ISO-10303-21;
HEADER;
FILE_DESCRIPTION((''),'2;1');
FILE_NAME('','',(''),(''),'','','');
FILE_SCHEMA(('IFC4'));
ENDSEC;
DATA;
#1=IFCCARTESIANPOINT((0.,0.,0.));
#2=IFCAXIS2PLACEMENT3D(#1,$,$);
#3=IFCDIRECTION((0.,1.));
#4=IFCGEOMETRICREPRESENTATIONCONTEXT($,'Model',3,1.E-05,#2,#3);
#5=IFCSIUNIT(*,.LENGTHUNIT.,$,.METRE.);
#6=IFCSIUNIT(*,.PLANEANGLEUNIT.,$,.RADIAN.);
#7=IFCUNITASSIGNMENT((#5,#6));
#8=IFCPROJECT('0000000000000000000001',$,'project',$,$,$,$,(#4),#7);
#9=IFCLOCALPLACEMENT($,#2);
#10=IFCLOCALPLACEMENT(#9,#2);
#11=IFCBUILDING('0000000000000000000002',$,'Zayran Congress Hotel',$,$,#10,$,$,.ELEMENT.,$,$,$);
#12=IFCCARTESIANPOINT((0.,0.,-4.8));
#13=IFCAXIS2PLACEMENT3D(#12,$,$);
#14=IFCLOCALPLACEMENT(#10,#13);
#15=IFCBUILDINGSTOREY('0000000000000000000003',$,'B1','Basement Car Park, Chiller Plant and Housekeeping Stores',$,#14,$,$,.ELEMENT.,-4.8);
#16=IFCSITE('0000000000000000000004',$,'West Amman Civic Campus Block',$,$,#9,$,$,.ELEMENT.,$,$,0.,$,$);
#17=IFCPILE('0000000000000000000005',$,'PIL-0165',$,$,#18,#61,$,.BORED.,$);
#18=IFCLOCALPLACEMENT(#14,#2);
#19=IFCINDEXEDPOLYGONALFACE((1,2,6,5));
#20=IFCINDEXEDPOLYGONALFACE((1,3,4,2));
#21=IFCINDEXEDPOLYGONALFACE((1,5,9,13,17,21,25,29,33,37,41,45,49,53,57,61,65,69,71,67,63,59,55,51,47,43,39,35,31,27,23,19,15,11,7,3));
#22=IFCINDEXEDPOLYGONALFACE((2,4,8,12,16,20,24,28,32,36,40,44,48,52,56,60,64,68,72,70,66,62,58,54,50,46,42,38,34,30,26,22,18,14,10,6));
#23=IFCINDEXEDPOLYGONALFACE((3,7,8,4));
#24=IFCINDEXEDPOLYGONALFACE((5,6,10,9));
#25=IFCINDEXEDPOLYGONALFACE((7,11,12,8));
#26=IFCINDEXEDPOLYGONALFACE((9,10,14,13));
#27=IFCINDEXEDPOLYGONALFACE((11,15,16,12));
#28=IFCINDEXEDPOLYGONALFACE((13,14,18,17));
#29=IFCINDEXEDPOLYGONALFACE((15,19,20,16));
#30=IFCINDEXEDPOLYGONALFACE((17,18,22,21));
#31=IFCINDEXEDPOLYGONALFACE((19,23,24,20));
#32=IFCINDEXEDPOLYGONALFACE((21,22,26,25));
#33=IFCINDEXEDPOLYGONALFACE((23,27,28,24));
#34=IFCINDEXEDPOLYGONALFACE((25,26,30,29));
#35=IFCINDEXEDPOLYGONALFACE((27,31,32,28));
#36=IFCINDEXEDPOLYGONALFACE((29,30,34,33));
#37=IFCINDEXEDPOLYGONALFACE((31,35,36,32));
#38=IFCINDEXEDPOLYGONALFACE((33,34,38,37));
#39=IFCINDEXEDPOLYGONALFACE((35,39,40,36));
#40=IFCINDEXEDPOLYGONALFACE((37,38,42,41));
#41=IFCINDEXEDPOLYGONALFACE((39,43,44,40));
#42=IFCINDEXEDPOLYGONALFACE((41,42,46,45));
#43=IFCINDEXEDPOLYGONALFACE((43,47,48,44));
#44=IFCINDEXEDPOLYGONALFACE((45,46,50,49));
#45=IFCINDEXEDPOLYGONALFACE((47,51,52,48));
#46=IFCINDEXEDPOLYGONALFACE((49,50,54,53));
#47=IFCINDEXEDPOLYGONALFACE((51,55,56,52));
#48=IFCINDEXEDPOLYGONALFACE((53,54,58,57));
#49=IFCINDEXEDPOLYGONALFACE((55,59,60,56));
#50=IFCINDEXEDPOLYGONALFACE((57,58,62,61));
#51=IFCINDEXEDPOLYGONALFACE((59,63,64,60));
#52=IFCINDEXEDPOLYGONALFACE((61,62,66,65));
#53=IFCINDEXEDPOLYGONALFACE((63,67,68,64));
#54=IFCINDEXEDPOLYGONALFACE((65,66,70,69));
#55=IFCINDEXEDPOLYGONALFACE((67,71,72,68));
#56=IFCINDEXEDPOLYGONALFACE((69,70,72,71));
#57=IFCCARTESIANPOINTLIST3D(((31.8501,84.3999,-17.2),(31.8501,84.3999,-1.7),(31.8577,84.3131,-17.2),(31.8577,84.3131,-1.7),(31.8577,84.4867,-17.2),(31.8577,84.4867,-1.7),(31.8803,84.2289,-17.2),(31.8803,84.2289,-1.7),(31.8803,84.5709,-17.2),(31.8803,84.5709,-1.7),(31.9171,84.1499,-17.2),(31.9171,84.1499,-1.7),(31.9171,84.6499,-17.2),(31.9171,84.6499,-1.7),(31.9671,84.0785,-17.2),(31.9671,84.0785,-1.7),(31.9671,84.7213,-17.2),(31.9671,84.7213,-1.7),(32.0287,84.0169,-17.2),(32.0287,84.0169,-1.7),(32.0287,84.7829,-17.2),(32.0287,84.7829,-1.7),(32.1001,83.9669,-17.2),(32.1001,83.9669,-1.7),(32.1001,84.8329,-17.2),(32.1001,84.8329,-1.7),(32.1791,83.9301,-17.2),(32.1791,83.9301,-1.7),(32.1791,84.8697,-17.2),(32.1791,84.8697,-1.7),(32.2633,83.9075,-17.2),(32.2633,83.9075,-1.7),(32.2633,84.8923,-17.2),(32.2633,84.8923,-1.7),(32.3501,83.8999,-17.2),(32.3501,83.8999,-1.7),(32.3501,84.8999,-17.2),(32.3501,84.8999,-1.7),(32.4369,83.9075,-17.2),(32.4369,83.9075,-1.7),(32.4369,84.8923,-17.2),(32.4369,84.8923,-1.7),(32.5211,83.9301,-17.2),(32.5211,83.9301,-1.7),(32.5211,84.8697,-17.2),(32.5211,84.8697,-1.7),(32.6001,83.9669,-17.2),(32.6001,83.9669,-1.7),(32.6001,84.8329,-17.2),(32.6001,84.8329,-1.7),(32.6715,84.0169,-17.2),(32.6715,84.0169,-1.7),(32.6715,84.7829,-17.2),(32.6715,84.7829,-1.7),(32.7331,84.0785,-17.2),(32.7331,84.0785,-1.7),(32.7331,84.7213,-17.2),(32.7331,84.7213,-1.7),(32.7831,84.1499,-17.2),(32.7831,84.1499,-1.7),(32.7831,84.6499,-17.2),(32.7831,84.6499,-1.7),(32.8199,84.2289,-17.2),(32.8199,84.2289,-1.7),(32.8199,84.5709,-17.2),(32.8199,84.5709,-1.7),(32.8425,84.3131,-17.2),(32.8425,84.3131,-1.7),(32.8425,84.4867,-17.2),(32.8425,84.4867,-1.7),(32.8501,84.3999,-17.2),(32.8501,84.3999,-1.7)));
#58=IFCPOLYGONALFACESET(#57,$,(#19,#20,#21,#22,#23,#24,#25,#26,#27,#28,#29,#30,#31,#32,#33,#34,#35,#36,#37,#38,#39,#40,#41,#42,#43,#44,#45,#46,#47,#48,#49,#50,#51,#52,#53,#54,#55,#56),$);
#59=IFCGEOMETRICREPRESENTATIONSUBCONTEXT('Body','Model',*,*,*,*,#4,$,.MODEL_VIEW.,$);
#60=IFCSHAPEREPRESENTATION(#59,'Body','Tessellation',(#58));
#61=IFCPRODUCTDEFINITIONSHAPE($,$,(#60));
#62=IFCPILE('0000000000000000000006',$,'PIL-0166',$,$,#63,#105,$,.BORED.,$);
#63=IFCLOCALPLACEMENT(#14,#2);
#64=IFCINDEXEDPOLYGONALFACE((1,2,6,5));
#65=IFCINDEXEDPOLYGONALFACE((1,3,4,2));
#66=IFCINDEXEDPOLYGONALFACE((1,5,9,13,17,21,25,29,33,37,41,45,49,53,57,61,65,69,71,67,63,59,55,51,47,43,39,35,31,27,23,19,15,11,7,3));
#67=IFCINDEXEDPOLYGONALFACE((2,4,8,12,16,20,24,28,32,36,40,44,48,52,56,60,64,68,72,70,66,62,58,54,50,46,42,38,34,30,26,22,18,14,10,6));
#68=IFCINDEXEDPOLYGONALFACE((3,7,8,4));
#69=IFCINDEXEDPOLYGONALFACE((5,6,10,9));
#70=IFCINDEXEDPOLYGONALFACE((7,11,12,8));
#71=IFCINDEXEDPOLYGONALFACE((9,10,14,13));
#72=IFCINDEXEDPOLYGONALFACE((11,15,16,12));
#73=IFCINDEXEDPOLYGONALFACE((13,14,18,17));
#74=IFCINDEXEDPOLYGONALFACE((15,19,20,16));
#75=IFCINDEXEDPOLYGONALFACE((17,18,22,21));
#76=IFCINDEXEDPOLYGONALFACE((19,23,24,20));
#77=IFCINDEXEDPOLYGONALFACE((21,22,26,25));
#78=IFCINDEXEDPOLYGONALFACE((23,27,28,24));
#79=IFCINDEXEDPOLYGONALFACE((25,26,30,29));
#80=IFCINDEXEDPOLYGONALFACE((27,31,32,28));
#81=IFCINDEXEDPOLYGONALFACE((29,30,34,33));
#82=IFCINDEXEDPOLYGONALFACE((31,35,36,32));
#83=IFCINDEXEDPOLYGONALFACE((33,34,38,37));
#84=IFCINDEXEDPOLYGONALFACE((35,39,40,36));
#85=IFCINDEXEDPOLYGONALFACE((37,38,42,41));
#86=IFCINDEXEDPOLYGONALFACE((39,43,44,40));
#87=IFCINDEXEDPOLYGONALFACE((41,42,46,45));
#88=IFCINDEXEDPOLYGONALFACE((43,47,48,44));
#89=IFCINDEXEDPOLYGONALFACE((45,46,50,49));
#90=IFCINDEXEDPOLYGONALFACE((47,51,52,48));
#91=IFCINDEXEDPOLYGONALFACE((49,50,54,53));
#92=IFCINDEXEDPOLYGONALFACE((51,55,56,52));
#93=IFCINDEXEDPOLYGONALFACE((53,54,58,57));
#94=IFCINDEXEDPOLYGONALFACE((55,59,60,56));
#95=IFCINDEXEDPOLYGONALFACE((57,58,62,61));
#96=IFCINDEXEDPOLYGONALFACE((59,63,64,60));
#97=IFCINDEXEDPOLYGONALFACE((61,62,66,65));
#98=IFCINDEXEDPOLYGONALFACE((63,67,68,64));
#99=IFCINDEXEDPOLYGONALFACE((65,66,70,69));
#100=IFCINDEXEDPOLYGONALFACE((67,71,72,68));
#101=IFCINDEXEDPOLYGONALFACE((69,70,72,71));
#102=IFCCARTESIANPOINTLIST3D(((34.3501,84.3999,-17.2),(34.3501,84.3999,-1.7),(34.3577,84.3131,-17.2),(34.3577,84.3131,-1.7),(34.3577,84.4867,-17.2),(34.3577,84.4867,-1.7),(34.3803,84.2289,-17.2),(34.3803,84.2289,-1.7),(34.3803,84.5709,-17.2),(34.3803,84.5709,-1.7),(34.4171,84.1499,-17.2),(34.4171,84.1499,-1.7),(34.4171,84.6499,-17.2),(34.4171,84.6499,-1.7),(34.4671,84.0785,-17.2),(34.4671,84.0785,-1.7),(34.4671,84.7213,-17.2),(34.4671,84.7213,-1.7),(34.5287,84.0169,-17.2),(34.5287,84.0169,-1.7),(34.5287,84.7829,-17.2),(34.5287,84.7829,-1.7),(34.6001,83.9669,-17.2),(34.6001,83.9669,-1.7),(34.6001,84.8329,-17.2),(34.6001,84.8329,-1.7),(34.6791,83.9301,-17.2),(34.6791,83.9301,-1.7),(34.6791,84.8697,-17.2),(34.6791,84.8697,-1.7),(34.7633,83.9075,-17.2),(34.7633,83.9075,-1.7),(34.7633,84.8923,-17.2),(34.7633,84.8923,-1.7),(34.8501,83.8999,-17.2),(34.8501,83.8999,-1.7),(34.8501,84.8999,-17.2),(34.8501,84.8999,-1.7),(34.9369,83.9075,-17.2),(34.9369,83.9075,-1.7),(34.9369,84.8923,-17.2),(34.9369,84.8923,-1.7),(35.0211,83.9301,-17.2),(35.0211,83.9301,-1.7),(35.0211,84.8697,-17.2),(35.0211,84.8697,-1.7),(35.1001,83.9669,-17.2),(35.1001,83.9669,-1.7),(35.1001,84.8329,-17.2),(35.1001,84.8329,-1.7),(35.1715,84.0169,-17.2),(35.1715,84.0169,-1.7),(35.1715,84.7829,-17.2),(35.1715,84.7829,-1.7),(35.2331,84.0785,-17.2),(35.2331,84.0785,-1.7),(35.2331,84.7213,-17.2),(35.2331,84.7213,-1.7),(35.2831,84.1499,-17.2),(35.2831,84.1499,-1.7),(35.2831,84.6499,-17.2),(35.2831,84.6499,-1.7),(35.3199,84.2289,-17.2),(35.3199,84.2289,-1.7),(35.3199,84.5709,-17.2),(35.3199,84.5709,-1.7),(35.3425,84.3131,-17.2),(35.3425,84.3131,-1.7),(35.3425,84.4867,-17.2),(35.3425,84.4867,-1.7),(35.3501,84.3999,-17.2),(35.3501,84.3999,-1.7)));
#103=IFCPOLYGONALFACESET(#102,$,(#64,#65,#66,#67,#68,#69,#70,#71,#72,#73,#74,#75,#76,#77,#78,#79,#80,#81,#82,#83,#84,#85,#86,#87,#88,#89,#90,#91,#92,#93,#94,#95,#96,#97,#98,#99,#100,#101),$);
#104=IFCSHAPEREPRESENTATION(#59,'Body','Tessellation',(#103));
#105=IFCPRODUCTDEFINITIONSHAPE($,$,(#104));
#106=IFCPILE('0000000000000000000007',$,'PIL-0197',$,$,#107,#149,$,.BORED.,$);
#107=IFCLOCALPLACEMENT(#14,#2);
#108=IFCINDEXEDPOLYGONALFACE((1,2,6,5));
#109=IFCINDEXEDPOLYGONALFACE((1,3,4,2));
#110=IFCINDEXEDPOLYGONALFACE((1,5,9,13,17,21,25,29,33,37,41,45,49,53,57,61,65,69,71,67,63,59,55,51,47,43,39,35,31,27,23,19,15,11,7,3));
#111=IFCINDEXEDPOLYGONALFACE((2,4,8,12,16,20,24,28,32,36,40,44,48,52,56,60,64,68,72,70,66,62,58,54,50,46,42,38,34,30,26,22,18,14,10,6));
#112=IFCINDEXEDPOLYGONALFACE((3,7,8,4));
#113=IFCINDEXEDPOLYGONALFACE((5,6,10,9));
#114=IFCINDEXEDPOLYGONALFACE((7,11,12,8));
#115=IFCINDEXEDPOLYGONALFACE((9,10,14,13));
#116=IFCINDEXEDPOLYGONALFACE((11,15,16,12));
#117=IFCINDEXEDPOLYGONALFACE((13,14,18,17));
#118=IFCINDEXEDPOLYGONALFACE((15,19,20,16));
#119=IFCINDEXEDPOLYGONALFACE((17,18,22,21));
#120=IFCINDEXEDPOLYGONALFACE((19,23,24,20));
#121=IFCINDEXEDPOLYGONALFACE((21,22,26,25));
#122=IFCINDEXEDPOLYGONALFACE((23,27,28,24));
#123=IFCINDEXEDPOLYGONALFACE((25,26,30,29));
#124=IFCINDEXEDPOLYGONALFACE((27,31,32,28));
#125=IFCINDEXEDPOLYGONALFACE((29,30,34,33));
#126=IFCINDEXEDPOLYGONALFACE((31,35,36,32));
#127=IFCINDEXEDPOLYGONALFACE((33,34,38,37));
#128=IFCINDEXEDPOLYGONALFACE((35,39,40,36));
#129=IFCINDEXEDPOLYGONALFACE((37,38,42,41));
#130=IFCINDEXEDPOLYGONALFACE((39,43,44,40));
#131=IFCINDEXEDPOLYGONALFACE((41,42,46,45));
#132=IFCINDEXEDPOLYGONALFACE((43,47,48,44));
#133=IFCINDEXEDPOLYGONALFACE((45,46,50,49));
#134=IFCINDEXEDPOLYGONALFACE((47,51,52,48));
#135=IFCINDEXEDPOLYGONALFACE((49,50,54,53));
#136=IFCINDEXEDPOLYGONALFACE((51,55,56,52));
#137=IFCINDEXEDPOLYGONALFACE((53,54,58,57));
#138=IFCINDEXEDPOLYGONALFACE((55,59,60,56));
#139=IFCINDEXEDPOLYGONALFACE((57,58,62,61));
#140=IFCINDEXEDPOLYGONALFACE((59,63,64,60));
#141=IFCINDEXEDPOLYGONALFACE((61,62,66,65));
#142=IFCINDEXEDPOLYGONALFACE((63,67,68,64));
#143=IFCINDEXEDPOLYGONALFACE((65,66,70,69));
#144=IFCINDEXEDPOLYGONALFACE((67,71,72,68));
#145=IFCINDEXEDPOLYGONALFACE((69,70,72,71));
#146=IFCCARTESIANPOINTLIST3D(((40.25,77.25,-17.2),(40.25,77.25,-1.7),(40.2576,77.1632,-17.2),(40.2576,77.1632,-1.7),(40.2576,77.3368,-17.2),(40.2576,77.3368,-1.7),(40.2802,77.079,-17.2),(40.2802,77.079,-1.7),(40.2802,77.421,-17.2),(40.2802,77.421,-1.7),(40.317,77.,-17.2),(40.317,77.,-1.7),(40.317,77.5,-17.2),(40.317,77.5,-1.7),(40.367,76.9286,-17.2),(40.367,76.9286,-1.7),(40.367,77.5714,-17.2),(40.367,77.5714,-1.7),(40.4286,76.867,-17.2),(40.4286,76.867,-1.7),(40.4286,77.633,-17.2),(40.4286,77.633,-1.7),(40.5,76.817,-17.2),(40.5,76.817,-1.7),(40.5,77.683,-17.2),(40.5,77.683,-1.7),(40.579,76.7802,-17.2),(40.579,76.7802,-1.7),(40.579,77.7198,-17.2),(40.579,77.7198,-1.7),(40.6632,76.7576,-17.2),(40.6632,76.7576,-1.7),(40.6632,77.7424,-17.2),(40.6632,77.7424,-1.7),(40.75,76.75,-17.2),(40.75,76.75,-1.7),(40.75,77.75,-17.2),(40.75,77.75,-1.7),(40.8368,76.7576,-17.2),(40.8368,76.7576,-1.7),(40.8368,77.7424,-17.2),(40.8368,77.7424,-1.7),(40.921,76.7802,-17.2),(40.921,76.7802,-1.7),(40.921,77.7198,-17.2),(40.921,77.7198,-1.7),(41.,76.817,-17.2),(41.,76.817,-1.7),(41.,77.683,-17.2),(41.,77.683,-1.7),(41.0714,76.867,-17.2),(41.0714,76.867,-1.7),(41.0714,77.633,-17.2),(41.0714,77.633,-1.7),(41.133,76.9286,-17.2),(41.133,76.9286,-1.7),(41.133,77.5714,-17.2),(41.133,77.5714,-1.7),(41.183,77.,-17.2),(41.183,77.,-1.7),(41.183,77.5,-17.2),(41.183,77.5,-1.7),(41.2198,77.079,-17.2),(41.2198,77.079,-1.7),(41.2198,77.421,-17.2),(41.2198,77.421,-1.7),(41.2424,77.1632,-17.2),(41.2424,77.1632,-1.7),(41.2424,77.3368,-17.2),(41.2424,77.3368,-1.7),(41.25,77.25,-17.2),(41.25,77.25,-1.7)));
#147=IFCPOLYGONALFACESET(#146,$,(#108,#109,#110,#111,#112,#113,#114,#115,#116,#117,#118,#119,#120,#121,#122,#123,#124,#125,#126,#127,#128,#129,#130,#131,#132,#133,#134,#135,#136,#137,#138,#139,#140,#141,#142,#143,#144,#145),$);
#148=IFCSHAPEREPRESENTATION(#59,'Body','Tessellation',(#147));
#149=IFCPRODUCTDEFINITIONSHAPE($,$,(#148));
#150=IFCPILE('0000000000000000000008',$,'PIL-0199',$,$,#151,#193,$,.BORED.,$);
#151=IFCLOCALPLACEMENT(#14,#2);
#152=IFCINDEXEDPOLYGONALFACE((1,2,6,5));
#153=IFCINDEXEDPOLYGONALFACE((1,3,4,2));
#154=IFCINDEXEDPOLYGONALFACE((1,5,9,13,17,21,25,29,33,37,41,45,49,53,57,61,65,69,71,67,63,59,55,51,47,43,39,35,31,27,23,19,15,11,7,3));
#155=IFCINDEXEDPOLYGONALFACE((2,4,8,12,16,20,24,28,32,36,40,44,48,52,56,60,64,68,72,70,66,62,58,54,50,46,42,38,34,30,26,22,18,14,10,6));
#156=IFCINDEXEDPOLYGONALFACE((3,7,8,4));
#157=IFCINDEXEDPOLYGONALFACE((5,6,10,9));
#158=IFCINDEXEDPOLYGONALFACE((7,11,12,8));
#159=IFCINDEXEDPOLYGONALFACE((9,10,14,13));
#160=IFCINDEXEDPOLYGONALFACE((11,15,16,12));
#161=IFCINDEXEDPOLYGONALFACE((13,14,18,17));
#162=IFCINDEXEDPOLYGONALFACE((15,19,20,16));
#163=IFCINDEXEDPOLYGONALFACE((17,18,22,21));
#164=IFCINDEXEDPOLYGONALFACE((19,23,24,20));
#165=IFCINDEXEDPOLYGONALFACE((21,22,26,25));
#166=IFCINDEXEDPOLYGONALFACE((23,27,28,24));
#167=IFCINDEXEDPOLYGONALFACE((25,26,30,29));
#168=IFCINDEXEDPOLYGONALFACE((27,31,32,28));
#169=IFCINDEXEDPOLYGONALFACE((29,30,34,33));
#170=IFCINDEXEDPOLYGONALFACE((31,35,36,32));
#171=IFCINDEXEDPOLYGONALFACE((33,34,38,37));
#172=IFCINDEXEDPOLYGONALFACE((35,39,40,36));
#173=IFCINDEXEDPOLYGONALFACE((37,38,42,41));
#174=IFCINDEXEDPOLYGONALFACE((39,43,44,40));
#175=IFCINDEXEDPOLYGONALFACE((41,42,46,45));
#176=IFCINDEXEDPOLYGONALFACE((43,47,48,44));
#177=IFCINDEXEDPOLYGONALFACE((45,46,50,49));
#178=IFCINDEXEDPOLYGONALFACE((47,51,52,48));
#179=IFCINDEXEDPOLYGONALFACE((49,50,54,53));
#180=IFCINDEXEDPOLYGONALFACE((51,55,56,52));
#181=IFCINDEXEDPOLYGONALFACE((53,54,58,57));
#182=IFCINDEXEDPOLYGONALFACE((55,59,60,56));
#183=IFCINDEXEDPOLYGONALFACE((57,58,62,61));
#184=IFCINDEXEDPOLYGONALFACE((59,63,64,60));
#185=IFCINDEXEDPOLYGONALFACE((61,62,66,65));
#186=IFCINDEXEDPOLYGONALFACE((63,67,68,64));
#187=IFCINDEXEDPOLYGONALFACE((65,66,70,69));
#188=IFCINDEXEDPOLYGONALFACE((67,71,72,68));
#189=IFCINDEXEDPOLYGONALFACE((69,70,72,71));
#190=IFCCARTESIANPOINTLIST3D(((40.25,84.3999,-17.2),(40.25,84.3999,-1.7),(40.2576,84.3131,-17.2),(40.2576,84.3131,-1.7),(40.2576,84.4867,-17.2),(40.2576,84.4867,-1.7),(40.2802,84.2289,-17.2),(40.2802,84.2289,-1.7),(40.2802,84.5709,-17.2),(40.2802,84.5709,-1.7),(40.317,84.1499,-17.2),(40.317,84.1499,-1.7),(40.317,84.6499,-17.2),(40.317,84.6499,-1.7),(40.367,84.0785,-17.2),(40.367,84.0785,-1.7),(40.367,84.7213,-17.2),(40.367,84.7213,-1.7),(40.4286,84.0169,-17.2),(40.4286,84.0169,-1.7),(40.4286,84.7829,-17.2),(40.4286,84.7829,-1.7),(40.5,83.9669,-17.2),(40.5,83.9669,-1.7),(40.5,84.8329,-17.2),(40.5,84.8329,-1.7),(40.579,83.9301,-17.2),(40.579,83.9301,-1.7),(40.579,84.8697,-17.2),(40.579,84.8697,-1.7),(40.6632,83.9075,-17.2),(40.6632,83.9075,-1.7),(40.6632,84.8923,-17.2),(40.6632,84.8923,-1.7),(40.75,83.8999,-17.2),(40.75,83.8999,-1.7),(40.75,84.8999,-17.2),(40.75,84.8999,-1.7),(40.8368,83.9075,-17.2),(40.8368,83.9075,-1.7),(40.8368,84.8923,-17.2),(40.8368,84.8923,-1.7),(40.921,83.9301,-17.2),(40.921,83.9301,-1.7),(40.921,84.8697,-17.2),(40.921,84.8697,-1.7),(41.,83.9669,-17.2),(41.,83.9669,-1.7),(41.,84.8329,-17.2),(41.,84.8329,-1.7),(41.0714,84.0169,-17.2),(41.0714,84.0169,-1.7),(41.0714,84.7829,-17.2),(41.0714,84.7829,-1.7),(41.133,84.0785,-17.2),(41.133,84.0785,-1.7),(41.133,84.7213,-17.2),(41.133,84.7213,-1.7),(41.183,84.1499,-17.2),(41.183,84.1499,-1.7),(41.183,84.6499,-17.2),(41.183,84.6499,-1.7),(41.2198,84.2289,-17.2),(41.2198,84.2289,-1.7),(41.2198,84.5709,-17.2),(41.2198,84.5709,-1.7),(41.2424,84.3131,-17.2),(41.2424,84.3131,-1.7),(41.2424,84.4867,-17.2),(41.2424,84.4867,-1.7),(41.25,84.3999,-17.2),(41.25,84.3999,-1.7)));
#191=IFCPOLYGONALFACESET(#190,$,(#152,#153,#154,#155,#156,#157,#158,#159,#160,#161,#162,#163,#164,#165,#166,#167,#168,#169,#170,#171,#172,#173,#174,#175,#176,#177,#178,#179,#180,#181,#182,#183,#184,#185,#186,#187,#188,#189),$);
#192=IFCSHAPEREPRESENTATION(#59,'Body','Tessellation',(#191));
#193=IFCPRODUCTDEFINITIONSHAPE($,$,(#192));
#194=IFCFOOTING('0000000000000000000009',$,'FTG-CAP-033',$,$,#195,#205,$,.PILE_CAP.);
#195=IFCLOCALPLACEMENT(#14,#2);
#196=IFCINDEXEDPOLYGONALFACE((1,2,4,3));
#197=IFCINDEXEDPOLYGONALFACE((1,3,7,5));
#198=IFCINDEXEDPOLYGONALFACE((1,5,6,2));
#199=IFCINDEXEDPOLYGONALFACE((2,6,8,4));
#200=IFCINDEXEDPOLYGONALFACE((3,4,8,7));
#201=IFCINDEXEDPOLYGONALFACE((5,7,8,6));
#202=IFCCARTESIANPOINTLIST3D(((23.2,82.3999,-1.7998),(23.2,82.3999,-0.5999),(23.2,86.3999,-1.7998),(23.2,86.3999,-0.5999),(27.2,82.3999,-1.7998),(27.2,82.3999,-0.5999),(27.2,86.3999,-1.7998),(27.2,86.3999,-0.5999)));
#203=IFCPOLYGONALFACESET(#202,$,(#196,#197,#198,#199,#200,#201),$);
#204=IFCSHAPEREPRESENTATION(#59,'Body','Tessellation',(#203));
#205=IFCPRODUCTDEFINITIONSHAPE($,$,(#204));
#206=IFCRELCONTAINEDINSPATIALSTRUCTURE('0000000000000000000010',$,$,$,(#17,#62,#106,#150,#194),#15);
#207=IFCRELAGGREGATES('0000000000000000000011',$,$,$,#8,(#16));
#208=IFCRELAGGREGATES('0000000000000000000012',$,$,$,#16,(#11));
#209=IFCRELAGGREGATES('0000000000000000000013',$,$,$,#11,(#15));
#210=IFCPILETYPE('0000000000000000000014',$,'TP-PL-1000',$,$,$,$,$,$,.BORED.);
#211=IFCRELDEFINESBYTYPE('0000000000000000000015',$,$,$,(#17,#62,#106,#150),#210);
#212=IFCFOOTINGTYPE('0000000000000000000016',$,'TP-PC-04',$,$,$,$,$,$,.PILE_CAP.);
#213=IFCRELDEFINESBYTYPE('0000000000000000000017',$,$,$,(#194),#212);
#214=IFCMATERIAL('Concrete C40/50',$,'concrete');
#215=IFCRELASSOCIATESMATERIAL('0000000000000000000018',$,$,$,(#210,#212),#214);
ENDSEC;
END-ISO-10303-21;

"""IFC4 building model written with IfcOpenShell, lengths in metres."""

from ifc_helpers import new_model, si_unit, direction, frame, origin, origin_2d, place, context, subcontext, project, spatial, rectangle, circle, extrude, material, material_profile, profile_set, type_object, element, save


model = new_model("IFC4")

# Units and contexts
model_context = context("Model", 3, precision=1e-05, world=origin(), true_north=direction((0.0, 1.0)))
body_context = subcontext(model_context, "Body", "Model", "MODEL_VIEW")
ifc_project = project(units=[si_unit("LENGTHUNIT", "METRE"), si_unit("PLANEANGLEUNIT", "RADIAN")], contexts=[model_context])

# Site, building, storey
site_placement = place(None, origin())
site = spatial("IfcSite", under=ifc_project, at=site_placement, Name="West Amman Civic Campus Block", CompositionType="ELEMENT", RefElevation=0.0)
building_placement = place(site_placement, origin())
building = spatial("IfcBuilding", under=site, at=building_placement, Name="Zayran Congress Hotel", CompositionType="ELEMENT")
storey_placement = place(building_placement, frame((0.0, 0.0, -4.8)))
storey = spatial("IfcBuildingStorey", under=building, at=storey_placement, Name="B1", Description="Basement Car Park, Chiller Plant and Housekeeping Stores", CompositionType="ELEMENT", Elevation=-4.8)

# Piles
ifc_material_1 = material(Name="Concrete C40/50", Category="concrete")
ifc_material_profile_1 = material_profile(ifc_material_1, circle(Radius=0.5, at=origin_2d()), Name="PILE D1000")
ifc_profile_set_1 = profile_set([ifc_material_profile_1], Name="Concrete C40/50")
pile_type = type_object("IfcPileType", Name="TP-PL-1000", PredefinedType="BORED", material=ifc_profile_set_1)
for number, where, z_axis, x_axis, name in (
    (1, (32.3501, 84.3999, -1.7), (0.0, 0.0, -1.0), (1.0, 0.0, 0.0), "PIL-0165"),
    (2, (34.8501, 84.3999, -1.7), (0.0, 0.0, -1.0), (1.0, 0.0, 0.0), "PIL-0166"),
    (3, (40.75, 77.25, -1.7), (0.0, 0.0, -1.0), (1.0, 0.0, 0.0), "PIL-0197"),
    (4, (40.75, 84.3999, -1.7), (0.0, 0.0, -1.0), (1.0, 0.0, 0.0), "PIL-0199"),
):
    element("IfcPile", number, at=place(storey_placement, frame(where, z_axis=z_axis, x_axis=x_axis)), inside=storey, type_object=pile_type, Name=name, PredefinedType="BORED", context=body_context, shape_type="SweptSolid", body=[
        extrude(circle(Radius=0.5, at=origin_2d()), origin(), (0.0, 0.0, 1.0), 15.5),
    ])

# Footing
footing_type_1 = type_object("IfcFootingType", Name="TP-PC-04", PredefinedType="PILE_CAP", material=ifc_material_1)
footing_1_placement = place(storey_placement, frame((25.2, 84.3999, -1.7998), z_axis=(0.0, 0.0, 1.0), x_axis=(1.0, 0.0, 0.0)))
element("IfcFooting", 5, at=footing_1_placement, inside=storey, type_object=footing_type_1, Name="FTG-CAP-033", PredefinedType="PILE_CAP", context=body_context, shape_type="SweptSolid", body=[
    extrude(rectangle(XDim=4.0, YDim=4.0, at=origin_2d()), origin(), (0.0, 0.0, 1.0), 1.2),
])

save(model, "model.ifc")
